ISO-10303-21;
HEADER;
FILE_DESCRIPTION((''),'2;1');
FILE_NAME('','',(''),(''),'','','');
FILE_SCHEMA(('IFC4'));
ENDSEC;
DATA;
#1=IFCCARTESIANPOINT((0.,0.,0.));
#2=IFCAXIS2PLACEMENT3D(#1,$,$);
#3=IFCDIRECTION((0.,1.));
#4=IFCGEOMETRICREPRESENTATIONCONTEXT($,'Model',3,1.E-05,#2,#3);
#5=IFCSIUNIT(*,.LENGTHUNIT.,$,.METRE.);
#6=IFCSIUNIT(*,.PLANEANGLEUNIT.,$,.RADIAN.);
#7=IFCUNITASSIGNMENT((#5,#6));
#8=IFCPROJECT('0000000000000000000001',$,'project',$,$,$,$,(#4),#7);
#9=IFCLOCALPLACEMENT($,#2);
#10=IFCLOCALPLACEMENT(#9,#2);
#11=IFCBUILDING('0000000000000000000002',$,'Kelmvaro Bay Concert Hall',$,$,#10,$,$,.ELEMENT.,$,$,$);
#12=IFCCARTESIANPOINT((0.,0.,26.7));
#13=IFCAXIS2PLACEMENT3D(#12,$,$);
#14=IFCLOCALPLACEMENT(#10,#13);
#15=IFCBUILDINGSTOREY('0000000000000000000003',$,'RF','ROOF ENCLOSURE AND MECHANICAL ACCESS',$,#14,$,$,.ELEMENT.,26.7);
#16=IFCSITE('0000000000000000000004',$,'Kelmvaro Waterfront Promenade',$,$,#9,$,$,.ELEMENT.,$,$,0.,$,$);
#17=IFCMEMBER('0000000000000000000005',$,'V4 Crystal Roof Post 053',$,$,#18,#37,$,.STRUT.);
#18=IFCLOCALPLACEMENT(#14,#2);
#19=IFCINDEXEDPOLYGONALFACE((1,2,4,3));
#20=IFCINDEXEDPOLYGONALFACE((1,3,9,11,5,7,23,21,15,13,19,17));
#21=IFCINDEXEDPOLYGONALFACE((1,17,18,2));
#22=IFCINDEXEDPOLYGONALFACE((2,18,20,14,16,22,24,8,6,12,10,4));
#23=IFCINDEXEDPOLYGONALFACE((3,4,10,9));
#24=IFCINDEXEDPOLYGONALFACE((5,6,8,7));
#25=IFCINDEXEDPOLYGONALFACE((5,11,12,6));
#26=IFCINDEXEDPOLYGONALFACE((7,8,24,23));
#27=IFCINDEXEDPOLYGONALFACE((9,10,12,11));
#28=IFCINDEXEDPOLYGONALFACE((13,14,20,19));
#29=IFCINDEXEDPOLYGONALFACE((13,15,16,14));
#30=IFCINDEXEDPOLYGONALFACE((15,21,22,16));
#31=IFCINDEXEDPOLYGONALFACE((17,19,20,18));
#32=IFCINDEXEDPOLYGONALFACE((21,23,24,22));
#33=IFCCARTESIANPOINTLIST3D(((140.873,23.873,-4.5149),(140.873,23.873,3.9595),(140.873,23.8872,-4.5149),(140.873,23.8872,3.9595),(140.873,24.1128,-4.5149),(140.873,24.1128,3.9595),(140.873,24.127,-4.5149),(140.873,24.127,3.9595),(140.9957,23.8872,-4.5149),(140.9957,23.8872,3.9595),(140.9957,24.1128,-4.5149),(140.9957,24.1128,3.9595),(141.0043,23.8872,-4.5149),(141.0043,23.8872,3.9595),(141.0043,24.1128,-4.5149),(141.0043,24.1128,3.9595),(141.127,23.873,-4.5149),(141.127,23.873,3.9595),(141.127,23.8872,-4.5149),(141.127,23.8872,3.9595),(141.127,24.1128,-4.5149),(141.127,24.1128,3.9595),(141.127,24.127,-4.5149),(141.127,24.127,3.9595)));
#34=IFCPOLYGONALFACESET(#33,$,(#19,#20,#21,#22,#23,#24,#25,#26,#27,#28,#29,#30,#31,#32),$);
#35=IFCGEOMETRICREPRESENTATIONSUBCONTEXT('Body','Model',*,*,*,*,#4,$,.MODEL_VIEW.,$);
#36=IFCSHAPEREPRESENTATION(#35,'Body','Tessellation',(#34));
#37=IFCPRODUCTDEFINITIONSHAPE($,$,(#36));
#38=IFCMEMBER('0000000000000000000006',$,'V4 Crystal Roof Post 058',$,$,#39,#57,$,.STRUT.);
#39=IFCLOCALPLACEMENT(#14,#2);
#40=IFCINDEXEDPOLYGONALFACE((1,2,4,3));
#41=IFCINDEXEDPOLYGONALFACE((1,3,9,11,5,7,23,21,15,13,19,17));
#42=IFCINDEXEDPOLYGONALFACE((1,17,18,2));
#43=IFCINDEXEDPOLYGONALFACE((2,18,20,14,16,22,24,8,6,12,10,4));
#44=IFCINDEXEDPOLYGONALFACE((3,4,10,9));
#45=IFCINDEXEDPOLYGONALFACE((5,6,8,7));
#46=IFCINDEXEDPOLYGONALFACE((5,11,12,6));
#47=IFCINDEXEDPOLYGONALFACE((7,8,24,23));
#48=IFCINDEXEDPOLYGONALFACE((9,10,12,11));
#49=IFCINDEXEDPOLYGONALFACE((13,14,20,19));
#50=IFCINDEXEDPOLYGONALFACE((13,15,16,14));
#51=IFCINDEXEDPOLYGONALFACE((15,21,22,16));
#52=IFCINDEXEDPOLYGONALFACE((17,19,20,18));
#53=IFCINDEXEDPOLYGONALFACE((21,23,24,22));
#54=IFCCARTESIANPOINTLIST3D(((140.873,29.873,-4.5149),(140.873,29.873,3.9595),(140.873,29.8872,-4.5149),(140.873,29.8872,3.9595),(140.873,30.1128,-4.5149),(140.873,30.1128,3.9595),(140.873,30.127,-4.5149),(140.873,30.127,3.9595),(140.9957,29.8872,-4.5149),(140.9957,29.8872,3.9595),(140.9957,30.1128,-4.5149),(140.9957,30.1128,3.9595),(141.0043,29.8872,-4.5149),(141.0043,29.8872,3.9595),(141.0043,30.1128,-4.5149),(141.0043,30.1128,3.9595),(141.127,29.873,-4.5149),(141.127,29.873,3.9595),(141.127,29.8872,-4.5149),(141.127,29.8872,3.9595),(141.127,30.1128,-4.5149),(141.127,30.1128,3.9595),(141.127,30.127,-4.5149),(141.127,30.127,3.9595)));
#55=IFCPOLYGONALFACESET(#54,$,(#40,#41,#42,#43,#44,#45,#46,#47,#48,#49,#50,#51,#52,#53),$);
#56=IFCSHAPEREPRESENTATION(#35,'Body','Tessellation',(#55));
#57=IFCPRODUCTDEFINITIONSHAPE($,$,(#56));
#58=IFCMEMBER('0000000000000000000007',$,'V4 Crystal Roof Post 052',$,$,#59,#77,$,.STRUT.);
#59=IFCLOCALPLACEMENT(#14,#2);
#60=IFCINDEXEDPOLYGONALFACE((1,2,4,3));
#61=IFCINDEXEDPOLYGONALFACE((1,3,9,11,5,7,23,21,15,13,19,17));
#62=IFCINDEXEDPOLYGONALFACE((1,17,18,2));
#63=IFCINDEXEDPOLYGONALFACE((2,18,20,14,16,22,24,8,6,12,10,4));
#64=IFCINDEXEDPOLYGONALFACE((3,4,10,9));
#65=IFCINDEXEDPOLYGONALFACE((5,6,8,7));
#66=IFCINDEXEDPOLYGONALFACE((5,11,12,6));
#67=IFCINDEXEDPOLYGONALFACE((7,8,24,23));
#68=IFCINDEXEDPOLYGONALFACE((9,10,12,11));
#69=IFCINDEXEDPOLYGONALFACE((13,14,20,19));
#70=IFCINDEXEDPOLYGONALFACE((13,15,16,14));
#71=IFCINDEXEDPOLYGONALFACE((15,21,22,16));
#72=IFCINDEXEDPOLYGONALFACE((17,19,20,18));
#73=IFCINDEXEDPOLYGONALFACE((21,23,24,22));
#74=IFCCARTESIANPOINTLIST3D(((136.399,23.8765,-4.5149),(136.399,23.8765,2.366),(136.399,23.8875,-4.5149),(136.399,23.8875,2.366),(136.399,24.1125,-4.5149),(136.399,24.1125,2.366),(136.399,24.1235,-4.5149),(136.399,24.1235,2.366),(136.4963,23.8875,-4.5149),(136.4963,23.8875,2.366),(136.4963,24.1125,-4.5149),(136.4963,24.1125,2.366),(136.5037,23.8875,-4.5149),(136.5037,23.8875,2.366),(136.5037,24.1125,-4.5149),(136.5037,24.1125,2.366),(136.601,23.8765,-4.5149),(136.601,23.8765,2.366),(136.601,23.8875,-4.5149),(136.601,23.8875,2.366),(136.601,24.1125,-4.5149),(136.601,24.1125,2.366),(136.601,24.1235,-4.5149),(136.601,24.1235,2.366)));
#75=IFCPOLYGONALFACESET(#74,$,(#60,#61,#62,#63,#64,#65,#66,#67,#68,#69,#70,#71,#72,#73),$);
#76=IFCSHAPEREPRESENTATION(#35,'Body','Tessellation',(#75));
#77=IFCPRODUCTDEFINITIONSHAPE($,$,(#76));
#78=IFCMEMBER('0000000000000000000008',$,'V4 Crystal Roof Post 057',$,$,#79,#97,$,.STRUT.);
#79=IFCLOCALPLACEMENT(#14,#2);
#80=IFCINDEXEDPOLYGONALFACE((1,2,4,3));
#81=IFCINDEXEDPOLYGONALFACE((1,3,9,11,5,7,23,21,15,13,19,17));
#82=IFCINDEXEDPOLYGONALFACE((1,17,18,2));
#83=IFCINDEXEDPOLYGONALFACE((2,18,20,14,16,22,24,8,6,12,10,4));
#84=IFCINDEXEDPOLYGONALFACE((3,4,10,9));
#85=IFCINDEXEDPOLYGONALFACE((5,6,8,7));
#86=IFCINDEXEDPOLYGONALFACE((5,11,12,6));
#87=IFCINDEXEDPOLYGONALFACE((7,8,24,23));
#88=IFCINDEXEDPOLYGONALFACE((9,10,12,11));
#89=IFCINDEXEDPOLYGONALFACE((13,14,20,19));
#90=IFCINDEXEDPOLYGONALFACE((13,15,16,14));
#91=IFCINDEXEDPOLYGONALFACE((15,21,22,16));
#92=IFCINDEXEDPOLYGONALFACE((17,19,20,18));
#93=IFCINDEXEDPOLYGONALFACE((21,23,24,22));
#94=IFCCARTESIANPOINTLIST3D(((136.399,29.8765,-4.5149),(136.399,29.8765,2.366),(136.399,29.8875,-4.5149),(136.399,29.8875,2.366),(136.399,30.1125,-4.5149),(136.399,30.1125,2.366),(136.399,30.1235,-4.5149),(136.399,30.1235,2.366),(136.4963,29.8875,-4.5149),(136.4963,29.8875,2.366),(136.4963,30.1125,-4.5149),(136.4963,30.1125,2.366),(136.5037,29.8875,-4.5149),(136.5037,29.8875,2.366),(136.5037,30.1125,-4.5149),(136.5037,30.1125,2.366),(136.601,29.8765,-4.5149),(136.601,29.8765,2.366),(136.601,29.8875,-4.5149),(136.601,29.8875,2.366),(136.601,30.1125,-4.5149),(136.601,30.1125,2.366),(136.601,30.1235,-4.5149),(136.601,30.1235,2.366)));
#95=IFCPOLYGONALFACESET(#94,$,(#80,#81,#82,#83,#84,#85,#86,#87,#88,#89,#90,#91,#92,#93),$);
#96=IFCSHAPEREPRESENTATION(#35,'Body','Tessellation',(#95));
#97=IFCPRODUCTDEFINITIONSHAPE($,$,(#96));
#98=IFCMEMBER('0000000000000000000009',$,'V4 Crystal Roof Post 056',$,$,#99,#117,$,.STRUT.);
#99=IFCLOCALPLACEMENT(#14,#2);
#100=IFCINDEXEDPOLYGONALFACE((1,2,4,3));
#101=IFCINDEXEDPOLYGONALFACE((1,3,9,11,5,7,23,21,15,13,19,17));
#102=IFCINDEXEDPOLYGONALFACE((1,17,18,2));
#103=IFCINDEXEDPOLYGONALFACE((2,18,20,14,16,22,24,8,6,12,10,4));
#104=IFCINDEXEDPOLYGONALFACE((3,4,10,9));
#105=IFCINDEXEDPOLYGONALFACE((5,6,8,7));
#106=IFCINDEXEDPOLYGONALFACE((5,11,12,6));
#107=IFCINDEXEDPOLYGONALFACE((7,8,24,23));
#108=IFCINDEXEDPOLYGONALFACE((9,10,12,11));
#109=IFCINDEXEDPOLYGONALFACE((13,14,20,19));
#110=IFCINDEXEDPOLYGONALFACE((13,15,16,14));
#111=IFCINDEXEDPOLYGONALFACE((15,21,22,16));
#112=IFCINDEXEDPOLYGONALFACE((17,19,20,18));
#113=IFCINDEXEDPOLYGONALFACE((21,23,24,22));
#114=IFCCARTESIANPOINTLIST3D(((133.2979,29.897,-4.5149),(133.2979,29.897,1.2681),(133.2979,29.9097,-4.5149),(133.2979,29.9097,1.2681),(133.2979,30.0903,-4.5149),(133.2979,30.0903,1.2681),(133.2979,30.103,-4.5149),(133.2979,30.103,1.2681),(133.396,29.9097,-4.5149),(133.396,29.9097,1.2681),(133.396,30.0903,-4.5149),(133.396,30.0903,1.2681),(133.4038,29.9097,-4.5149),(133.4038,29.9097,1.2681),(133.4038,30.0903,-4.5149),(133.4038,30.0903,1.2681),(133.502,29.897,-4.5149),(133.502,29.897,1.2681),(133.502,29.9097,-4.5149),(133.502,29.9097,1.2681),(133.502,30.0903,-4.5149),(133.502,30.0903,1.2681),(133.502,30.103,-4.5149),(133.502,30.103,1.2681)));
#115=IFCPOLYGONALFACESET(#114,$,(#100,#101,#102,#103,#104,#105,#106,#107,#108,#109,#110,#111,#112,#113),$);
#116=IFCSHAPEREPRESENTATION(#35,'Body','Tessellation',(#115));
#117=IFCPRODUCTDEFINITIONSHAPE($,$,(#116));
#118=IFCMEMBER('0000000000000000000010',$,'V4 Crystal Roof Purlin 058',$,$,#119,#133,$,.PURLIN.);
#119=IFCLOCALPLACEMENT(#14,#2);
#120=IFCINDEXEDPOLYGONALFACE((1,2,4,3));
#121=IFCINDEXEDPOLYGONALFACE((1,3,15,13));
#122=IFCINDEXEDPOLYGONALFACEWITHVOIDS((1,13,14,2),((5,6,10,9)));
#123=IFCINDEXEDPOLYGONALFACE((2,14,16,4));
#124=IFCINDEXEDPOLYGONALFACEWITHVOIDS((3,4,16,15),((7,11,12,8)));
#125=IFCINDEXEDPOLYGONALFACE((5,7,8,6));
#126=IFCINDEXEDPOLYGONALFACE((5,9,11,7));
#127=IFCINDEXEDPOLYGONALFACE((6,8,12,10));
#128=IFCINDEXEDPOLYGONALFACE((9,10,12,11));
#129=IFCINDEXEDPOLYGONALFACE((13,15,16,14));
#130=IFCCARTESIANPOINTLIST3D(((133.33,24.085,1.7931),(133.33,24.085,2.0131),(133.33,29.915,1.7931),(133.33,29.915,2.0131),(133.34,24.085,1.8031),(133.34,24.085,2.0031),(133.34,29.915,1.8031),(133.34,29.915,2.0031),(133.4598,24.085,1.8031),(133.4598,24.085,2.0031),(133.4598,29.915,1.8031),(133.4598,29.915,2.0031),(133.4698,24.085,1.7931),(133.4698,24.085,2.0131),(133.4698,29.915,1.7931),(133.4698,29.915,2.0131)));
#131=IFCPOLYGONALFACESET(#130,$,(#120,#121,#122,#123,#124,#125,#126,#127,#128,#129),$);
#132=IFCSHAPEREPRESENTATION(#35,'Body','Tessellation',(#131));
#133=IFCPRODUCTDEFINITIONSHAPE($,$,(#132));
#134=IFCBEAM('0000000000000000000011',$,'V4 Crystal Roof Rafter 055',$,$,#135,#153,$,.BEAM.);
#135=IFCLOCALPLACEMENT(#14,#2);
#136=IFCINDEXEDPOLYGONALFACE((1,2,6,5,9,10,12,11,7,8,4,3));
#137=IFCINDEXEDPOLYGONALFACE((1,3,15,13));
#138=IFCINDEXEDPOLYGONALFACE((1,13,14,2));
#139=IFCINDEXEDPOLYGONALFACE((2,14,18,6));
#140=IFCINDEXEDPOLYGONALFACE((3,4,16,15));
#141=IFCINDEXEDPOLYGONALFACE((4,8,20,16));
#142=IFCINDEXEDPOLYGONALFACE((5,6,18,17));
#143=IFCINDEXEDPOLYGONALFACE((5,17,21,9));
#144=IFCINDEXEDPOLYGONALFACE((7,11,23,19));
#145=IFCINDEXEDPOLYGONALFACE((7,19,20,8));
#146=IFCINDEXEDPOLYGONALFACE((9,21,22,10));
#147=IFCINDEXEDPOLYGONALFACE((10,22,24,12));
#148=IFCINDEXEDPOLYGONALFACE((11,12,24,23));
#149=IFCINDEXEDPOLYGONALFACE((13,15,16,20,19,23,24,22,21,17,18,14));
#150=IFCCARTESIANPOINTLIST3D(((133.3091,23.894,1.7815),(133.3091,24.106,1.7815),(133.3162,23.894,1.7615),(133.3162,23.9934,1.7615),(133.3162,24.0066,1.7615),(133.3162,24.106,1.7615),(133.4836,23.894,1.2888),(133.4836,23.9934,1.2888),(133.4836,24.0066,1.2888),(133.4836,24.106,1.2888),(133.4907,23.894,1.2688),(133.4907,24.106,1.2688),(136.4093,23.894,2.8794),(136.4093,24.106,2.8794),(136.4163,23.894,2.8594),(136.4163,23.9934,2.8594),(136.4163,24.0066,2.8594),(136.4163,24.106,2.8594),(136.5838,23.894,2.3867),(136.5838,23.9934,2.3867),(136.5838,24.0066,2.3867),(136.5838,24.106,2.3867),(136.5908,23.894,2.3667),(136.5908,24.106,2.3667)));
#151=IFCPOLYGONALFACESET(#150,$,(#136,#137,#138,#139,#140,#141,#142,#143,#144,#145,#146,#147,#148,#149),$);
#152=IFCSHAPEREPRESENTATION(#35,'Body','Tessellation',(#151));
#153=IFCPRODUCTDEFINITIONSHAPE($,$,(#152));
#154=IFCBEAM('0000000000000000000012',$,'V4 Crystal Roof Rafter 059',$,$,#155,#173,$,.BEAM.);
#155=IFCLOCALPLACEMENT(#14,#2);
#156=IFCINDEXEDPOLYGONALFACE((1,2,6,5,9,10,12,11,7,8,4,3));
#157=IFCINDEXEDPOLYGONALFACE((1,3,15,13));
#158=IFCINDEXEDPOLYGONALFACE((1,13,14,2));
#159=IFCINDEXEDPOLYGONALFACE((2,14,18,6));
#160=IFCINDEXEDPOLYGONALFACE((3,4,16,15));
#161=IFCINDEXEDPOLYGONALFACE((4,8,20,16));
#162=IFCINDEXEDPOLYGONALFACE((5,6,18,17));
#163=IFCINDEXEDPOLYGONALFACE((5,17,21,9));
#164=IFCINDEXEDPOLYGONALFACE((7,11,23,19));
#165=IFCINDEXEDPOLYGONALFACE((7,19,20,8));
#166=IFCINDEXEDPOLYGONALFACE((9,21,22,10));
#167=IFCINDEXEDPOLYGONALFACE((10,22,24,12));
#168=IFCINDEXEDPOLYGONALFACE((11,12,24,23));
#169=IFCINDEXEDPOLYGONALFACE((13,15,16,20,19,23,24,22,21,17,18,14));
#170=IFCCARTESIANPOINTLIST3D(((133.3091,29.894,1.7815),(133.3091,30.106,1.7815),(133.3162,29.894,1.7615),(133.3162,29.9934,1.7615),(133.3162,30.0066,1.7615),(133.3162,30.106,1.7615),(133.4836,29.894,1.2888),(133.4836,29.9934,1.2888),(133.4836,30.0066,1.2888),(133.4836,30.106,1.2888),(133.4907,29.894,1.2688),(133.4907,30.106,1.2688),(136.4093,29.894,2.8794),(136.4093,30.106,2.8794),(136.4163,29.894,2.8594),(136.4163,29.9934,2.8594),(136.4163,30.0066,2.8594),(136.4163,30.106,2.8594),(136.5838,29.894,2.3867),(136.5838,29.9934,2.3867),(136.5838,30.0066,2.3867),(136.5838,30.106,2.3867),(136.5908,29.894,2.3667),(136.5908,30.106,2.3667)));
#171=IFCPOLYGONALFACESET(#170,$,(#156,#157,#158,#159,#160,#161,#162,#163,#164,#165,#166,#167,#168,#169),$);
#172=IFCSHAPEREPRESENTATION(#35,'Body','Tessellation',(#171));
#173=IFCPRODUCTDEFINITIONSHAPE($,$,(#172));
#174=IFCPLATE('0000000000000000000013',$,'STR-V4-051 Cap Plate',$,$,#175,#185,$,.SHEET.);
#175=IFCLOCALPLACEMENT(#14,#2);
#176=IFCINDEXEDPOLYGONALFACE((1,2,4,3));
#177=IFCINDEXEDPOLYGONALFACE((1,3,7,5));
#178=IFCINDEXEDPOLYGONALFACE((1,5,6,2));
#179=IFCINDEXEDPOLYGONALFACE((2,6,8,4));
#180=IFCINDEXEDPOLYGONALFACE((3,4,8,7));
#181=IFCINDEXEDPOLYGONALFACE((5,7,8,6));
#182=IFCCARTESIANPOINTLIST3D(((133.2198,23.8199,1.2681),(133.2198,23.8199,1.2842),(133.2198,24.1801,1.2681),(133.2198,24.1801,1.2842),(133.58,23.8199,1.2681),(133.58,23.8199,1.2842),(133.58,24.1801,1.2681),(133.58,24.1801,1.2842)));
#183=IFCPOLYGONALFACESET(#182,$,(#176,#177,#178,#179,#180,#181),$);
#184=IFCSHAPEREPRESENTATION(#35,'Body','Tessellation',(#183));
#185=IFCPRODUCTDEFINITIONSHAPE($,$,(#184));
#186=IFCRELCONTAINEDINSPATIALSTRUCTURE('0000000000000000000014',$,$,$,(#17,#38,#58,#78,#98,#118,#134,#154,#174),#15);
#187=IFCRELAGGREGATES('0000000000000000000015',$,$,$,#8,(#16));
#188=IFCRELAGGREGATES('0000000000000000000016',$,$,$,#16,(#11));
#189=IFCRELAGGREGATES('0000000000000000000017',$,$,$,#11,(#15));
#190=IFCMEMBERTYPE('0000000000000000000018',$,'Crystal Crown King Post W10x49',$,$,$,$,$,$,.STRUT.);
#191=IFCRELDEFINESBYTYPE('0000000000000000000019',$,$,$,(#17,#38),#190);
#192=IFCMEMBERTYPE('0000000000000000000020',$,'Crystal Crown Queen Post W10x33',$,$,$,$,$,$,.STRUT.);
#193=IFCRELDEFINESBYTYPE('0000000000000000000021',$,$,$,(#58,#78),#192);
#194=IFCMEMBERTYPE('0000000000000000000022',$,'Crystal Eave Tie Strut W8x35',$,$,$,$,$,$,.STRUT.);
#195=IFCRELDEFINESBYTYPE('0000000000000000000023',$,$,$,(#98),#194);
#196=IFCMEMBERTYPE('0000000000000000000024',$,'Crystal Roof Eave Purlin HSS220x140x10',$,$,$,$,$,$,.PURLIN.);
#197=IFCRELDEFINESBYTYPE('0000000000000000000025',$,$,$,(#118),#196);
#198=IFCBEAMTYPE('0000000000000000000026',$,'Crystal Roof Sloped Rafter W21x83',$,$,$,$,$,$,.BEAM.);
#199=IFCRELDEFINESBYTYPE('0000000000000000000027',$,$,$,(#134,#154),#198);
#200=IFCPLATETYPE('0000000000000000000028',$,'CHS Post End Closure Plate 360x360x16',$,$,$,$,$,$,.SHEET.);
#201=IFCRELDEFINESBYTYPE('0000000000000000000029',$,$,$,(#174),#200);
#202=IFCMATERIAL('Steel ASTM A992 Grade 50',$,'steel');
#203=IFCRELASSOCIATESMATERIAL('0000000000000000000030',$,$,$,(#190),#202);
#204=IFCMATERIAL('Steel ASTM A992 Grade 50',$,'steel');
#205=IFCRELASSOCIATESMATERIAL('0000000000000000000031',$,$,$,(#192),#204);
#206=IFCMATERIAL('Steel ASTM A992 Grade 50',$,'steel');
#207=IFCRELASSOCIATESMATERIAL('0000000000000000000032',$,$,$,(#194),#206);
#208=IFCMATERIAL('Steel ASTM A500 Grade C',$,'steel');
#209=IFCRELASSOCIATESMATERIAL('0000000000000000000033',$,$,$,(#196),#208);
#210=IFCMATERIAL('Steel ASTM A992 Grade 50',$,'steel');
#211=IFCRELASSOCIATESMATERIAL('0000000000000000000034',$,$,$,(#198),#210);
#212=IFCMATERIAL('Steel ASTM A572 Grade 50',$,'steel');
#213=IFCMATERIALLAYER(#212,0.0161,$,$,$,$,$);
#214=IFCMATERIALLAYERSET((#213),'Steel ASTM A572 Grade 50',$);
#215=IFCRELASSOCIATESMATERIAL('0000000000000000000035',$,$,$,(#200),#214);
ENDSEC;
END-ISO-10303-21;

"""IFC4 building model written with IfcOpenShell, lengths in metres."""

from ifc_helpers import new_model, si_unit, direction, frame, origin, origin_2d, place, context, subcontext, project, spatial, rectangle, hollow_rectangle, i_section, extrude, material, layer, layer_set, material_profile, profile_set, type_object, element, save


model = new_model("IFC4")

# Units and contexts
model_context = context("Model", 3, precision=1e-05, world=origin(), true_north=direction((0.0, 1.0)))
body_context = subcontext(model_context, "Body", "Model", "MODEL_VIEW")
ifc_project = project(units=[si_unit("LENGTHUNIT", "METRE"), si_unit("PLANEANGLEUNIT", "RADIAN")], contexts=[model_context])

# Site, building, storey
site_placement = place(None, origin())
site = spatial("IfcSite", under=ifc_project, at=site_placement, Name="Kelmvaro Waterfront Promenade", CompositionType="ELEMENT", RefElevation=0.0)
building_placement = place(site_placement, origin())
building = spatial("IfcBuilding", under=site, at=building_placement, Name="Kelmvaro Bay Concert Hall", CompositionType="ELEMENT")
storey_placement = place(building_placement, frame((0.0, 0.0, 26.7)))
storey = spatial("IfcBuildingStorey", under=building, at=storey_placement, Name="RF", Description="ROOF ENCLOSURE AND MECHANICAL ACCESS", CompositionType="ELEMENT", Elevation=26.7)

# Members
ifc_material_1 = material(Name="Steel ASTM A992 Grade 50", Category="steel")
ifc_material_profile_1 = material_profile(ifc_material_1, i_section(OverallWidth=0.2539, OverallDepth=0.2539, WebThickness=0.0085, FlangeThickness=0.0142, at=origin_2d()), Name="W10X49")
ifc_profile_set_1 = profile_set([ifc_material_profile_1], Name="Steel ASTM A992 Grade 50")
member_type_1 = type_object("IfcMemberType", Name="Crystal Crown King Post W10x49", PredefinedType="STRUT", material=ifc_profile_set_1)
for number, where, z_axis, x_axis, name in (
    (1, (141.0, 24.0, -4.5149), (0.0, 0.0, 1.0), (1.0, 0.0, 0.0), "V4 Crystal Roof Post 053"),
    (2, (141.0, 30.0, -4.5149), (0.0, 0.0, 1.0), (1.0, 0.0, 0.0), "V4 Crystal Roof Post 058"),
):
    element("IfcMember", number, at=place(storey_placement, frame(where, z_axis=z_axis, x_axis=x_axis)), inside=storey, type_object=member_type_1, Name=name, PredefinedType="STRUT", context=body_context, shape_type="SweptSolid", body=[
        extrude(i_section(OverallWidth=0.2539, OverallDepth=0.2539, WebThickness=0.0085, FlangeThickness=0.0142, at=origin_2d()), origin(), (0.0, 0.0, 1.0), 8.4744),
    ])
ifc_material_2 = material(Name="Steel ASTM A992 Grade 50", Category="steel")
ifc_material_profile_2 = material_profile(ifc_material_2, i_section(OverallWidth=0.2019, OverallDepth=0.2471, WebThickness=0.0073, FlangeThickness=0.011, at=origin_2d()), Name="W10X33")
ifc_profile_set_2 = profile_set([ifc_material_profile_2], Name="Steel ASTM A992 Grade 50")
member_type_2 = type_object("IfcMemberType", Name="Crystal Crown Queen Post W10x33", PredefinedType="STRUT", material=ifc_profile_set_2)
for number, where, z_axis, x_axis, name in (
    (3, (136.5, 24.0, -4.5149), (0.0, 0.0, 1.0), (1.0, 0.0, 0.0), "V4 Crystal Roof Post 052"),
    (4, (136.5, 30.0, -4.5149), (0.0, 0.0, 1.0), (1.0, 0.0, 0.0), "V4 Crystal Roof Post 057"),
):
    element("IfcMember", number, at=place(storey_placement, frame(where, z_axis=z_axis, x_axis=x_axis)), inside=storey, type_object=member_type_2, Name=name, PredefinedType="STRUT", context=body_context, shape_type="SweptSolid", body=[
        extrude(i_section(OverallWidth=0.2019, OverallDepth=0.2471, WebThickness=0.0073, FlangeThickness=0.011, at=origin_2d()), origin(), (0.0, 0.0, 1.0), 6.8809),
    ])
ifc_material_3 = material(Name="Steel ASTM A992 Grade 50", Category="steel")
ifc_material_profile_3 = material_profile(ifc_material_3, i_section(OverallWidth=0.2041, OverallDepth=0.2061, WebThickness=0.0078, FlangeThickness=0.0127, at=origin_2d()), Name="W8X35")
ifc_profile_set_3 = profile_set([ifc_material_profile_3], Name="Steel ASTM A992 Grade 50")
member_type_3 = type_object("IfcMemberType", Name="Crystal Eave Tie Strut W8x35", PredefinedType="STRUT", material=ifc_profile_set_3)
member_1_placement = place(storey_placement, frame((133.3999, 30.0, -4.5149), z_axis=(0.0, 0.0, 1.0), x_axis=(1.0, 0.0, 0.0)))
element("IfcMember", 5, at=member_1_placement, inside=storey, type_object=member_type_3, Name="V4 Crystal Roof Post 056", PredefinedType="STRUT", context=body_context, shape_type="SweptSolid", body=[
    extrude(i_section(OverallWidth=0.2041, OverallDepth=0.2061, WebThickness=0.0078, FlangeThickness=0.0127, at=origin_2d()), origin(), (0.0, 0.0, 1.0), 5.783),
])
ifc_material_4 = material(Name="Steel ASTM A500 Grade C", Category="steel")
ifc_material_profile_4 = material_profile(ifc_material_4, hollow_rectangle(XDim=0.1399, YDim=0.22, WallThickness=0.01, at=origin_2d()), Name="HSS220X140X10")
ifc_profile_set_4 = profile_set([ifc_material_profile_4], Name="Steel ASTM A500 Grade C")
member_type_4 = type_object("IfcMemberType", Name="Crystal Roof Eave Purlin HSS220x140x10", PredefinedType="PURLIN", material=ifc_profile_set_4)
member_2_placement = place(storey_placement, frame((133.3999, 24.085, 1.9031), z_axis=(0.0, 1.0, 0.0), x_axis=(-1.0, 0.0, 0.0)))
element("IfcMember", 6, at=member_2_placement, inside=storey, type_object=member_type_4, Name="V4 Crystal Roof Purlin 058", PredefinedType="PURLIN", context=body_context, shape_type="SweptSolid", body=[
    extrude(hollow_rectangle(XDim=0.1399, YDim=0.22, WallThickness=0.01, at=origin_2d()), origin(), (0.0, 0.0, 1.0), 5.8301),
])

# Beams
ifc_material_5 = material(Name="Steel ASTM A992 Grade 50", Category="steel")
ifc_material_profile_5 = material_profile(ifc_material_5, i_section(OverallWidth=0.2119, OverallDepth=0.5439, WebThickness=0.0132, FlangeThickness=0.0212, at=origin_2d()), Name="W21X83")
ifc_profile_set_5 = profile_set([ifc_material_profile_5], Name="Steel ASTM A992 Grade 50")
beam_type = type_object("IfcBeamType", Name="Crystal Roof Sloped Rafter W21x83", PredefinedType="BEAM", material=ifc_profile_set_5)
for number, where, z_axis, x_axis, name in (
    (7, (133.3999, 24.0, 1.5251), (0.942632, 0.0, 0.333833), (0.0, 1.0, 0.0), "V4 Crystal Roof Rafter 055"),
    (8, (133.3999, 30.0, 1.5251), (0.942632, 0.0, 0.333833), (0.0, 1.0, 0.0), "V4 Crystal Roof Rafter 059"),
):
    element("IfcBeam", number, at=place(storey_placement, frame(where, z_axis=z_axis, x_axis=x_axis)), inside=storey, type_object=beam_type, Name=name, PredefinedType="BEAM", context=body_context, shape_type="SweptSolid", body=[
        extrude(i_section(OverallWidth=0.2119, OverallDepth=0.5439, WebThickness=0.0132, FlangeThickness=0.0212, at=origin_2d()), origin(), (0.0, 0.0, 1.0), 3.2888),
    ])

# Plate
ifc_material_6 = material(Name="Steel ASTM A572 Grade 50", Category="steel")
ifc_layer_1 = layer(ifc_material_6, 0.0161)
ifc_layer_set_1 = layer_set([ifc_layer_1], Name="Steel ASTM A572 Grade 50")
plate_type_1 = type_object("IfcPlateType", Name="CHS Post End Closure Plate 360x360x16", PredefinedType="SHEET", material=ifc_layer_set_1)
for number, where, z_axis, x_axis, name in (
    (9, (133.3999, 24.0, 1.2681), (0.0, 0.0, 1.0), (1.0, 0.0, 0.0), "STR-V4-051 Cap Plate"),
):
    element("IfcPlate", number, at=place(storey_placement, frame(where, z_axis=z_axis, x_axis=x_axis)), inside=storey, type_object=plate_type_1, Name=name, PredefinedType="SHEET", context=body_context, shape_type="SweptSolid", body=[
        extrude(rectangle(XDim=0.3601, YDim=0.3601, at=origin_2d()), origin(), (0.0, 0.0, 1.0), 0.0161),
    ])

save(model, "model.ifc")
